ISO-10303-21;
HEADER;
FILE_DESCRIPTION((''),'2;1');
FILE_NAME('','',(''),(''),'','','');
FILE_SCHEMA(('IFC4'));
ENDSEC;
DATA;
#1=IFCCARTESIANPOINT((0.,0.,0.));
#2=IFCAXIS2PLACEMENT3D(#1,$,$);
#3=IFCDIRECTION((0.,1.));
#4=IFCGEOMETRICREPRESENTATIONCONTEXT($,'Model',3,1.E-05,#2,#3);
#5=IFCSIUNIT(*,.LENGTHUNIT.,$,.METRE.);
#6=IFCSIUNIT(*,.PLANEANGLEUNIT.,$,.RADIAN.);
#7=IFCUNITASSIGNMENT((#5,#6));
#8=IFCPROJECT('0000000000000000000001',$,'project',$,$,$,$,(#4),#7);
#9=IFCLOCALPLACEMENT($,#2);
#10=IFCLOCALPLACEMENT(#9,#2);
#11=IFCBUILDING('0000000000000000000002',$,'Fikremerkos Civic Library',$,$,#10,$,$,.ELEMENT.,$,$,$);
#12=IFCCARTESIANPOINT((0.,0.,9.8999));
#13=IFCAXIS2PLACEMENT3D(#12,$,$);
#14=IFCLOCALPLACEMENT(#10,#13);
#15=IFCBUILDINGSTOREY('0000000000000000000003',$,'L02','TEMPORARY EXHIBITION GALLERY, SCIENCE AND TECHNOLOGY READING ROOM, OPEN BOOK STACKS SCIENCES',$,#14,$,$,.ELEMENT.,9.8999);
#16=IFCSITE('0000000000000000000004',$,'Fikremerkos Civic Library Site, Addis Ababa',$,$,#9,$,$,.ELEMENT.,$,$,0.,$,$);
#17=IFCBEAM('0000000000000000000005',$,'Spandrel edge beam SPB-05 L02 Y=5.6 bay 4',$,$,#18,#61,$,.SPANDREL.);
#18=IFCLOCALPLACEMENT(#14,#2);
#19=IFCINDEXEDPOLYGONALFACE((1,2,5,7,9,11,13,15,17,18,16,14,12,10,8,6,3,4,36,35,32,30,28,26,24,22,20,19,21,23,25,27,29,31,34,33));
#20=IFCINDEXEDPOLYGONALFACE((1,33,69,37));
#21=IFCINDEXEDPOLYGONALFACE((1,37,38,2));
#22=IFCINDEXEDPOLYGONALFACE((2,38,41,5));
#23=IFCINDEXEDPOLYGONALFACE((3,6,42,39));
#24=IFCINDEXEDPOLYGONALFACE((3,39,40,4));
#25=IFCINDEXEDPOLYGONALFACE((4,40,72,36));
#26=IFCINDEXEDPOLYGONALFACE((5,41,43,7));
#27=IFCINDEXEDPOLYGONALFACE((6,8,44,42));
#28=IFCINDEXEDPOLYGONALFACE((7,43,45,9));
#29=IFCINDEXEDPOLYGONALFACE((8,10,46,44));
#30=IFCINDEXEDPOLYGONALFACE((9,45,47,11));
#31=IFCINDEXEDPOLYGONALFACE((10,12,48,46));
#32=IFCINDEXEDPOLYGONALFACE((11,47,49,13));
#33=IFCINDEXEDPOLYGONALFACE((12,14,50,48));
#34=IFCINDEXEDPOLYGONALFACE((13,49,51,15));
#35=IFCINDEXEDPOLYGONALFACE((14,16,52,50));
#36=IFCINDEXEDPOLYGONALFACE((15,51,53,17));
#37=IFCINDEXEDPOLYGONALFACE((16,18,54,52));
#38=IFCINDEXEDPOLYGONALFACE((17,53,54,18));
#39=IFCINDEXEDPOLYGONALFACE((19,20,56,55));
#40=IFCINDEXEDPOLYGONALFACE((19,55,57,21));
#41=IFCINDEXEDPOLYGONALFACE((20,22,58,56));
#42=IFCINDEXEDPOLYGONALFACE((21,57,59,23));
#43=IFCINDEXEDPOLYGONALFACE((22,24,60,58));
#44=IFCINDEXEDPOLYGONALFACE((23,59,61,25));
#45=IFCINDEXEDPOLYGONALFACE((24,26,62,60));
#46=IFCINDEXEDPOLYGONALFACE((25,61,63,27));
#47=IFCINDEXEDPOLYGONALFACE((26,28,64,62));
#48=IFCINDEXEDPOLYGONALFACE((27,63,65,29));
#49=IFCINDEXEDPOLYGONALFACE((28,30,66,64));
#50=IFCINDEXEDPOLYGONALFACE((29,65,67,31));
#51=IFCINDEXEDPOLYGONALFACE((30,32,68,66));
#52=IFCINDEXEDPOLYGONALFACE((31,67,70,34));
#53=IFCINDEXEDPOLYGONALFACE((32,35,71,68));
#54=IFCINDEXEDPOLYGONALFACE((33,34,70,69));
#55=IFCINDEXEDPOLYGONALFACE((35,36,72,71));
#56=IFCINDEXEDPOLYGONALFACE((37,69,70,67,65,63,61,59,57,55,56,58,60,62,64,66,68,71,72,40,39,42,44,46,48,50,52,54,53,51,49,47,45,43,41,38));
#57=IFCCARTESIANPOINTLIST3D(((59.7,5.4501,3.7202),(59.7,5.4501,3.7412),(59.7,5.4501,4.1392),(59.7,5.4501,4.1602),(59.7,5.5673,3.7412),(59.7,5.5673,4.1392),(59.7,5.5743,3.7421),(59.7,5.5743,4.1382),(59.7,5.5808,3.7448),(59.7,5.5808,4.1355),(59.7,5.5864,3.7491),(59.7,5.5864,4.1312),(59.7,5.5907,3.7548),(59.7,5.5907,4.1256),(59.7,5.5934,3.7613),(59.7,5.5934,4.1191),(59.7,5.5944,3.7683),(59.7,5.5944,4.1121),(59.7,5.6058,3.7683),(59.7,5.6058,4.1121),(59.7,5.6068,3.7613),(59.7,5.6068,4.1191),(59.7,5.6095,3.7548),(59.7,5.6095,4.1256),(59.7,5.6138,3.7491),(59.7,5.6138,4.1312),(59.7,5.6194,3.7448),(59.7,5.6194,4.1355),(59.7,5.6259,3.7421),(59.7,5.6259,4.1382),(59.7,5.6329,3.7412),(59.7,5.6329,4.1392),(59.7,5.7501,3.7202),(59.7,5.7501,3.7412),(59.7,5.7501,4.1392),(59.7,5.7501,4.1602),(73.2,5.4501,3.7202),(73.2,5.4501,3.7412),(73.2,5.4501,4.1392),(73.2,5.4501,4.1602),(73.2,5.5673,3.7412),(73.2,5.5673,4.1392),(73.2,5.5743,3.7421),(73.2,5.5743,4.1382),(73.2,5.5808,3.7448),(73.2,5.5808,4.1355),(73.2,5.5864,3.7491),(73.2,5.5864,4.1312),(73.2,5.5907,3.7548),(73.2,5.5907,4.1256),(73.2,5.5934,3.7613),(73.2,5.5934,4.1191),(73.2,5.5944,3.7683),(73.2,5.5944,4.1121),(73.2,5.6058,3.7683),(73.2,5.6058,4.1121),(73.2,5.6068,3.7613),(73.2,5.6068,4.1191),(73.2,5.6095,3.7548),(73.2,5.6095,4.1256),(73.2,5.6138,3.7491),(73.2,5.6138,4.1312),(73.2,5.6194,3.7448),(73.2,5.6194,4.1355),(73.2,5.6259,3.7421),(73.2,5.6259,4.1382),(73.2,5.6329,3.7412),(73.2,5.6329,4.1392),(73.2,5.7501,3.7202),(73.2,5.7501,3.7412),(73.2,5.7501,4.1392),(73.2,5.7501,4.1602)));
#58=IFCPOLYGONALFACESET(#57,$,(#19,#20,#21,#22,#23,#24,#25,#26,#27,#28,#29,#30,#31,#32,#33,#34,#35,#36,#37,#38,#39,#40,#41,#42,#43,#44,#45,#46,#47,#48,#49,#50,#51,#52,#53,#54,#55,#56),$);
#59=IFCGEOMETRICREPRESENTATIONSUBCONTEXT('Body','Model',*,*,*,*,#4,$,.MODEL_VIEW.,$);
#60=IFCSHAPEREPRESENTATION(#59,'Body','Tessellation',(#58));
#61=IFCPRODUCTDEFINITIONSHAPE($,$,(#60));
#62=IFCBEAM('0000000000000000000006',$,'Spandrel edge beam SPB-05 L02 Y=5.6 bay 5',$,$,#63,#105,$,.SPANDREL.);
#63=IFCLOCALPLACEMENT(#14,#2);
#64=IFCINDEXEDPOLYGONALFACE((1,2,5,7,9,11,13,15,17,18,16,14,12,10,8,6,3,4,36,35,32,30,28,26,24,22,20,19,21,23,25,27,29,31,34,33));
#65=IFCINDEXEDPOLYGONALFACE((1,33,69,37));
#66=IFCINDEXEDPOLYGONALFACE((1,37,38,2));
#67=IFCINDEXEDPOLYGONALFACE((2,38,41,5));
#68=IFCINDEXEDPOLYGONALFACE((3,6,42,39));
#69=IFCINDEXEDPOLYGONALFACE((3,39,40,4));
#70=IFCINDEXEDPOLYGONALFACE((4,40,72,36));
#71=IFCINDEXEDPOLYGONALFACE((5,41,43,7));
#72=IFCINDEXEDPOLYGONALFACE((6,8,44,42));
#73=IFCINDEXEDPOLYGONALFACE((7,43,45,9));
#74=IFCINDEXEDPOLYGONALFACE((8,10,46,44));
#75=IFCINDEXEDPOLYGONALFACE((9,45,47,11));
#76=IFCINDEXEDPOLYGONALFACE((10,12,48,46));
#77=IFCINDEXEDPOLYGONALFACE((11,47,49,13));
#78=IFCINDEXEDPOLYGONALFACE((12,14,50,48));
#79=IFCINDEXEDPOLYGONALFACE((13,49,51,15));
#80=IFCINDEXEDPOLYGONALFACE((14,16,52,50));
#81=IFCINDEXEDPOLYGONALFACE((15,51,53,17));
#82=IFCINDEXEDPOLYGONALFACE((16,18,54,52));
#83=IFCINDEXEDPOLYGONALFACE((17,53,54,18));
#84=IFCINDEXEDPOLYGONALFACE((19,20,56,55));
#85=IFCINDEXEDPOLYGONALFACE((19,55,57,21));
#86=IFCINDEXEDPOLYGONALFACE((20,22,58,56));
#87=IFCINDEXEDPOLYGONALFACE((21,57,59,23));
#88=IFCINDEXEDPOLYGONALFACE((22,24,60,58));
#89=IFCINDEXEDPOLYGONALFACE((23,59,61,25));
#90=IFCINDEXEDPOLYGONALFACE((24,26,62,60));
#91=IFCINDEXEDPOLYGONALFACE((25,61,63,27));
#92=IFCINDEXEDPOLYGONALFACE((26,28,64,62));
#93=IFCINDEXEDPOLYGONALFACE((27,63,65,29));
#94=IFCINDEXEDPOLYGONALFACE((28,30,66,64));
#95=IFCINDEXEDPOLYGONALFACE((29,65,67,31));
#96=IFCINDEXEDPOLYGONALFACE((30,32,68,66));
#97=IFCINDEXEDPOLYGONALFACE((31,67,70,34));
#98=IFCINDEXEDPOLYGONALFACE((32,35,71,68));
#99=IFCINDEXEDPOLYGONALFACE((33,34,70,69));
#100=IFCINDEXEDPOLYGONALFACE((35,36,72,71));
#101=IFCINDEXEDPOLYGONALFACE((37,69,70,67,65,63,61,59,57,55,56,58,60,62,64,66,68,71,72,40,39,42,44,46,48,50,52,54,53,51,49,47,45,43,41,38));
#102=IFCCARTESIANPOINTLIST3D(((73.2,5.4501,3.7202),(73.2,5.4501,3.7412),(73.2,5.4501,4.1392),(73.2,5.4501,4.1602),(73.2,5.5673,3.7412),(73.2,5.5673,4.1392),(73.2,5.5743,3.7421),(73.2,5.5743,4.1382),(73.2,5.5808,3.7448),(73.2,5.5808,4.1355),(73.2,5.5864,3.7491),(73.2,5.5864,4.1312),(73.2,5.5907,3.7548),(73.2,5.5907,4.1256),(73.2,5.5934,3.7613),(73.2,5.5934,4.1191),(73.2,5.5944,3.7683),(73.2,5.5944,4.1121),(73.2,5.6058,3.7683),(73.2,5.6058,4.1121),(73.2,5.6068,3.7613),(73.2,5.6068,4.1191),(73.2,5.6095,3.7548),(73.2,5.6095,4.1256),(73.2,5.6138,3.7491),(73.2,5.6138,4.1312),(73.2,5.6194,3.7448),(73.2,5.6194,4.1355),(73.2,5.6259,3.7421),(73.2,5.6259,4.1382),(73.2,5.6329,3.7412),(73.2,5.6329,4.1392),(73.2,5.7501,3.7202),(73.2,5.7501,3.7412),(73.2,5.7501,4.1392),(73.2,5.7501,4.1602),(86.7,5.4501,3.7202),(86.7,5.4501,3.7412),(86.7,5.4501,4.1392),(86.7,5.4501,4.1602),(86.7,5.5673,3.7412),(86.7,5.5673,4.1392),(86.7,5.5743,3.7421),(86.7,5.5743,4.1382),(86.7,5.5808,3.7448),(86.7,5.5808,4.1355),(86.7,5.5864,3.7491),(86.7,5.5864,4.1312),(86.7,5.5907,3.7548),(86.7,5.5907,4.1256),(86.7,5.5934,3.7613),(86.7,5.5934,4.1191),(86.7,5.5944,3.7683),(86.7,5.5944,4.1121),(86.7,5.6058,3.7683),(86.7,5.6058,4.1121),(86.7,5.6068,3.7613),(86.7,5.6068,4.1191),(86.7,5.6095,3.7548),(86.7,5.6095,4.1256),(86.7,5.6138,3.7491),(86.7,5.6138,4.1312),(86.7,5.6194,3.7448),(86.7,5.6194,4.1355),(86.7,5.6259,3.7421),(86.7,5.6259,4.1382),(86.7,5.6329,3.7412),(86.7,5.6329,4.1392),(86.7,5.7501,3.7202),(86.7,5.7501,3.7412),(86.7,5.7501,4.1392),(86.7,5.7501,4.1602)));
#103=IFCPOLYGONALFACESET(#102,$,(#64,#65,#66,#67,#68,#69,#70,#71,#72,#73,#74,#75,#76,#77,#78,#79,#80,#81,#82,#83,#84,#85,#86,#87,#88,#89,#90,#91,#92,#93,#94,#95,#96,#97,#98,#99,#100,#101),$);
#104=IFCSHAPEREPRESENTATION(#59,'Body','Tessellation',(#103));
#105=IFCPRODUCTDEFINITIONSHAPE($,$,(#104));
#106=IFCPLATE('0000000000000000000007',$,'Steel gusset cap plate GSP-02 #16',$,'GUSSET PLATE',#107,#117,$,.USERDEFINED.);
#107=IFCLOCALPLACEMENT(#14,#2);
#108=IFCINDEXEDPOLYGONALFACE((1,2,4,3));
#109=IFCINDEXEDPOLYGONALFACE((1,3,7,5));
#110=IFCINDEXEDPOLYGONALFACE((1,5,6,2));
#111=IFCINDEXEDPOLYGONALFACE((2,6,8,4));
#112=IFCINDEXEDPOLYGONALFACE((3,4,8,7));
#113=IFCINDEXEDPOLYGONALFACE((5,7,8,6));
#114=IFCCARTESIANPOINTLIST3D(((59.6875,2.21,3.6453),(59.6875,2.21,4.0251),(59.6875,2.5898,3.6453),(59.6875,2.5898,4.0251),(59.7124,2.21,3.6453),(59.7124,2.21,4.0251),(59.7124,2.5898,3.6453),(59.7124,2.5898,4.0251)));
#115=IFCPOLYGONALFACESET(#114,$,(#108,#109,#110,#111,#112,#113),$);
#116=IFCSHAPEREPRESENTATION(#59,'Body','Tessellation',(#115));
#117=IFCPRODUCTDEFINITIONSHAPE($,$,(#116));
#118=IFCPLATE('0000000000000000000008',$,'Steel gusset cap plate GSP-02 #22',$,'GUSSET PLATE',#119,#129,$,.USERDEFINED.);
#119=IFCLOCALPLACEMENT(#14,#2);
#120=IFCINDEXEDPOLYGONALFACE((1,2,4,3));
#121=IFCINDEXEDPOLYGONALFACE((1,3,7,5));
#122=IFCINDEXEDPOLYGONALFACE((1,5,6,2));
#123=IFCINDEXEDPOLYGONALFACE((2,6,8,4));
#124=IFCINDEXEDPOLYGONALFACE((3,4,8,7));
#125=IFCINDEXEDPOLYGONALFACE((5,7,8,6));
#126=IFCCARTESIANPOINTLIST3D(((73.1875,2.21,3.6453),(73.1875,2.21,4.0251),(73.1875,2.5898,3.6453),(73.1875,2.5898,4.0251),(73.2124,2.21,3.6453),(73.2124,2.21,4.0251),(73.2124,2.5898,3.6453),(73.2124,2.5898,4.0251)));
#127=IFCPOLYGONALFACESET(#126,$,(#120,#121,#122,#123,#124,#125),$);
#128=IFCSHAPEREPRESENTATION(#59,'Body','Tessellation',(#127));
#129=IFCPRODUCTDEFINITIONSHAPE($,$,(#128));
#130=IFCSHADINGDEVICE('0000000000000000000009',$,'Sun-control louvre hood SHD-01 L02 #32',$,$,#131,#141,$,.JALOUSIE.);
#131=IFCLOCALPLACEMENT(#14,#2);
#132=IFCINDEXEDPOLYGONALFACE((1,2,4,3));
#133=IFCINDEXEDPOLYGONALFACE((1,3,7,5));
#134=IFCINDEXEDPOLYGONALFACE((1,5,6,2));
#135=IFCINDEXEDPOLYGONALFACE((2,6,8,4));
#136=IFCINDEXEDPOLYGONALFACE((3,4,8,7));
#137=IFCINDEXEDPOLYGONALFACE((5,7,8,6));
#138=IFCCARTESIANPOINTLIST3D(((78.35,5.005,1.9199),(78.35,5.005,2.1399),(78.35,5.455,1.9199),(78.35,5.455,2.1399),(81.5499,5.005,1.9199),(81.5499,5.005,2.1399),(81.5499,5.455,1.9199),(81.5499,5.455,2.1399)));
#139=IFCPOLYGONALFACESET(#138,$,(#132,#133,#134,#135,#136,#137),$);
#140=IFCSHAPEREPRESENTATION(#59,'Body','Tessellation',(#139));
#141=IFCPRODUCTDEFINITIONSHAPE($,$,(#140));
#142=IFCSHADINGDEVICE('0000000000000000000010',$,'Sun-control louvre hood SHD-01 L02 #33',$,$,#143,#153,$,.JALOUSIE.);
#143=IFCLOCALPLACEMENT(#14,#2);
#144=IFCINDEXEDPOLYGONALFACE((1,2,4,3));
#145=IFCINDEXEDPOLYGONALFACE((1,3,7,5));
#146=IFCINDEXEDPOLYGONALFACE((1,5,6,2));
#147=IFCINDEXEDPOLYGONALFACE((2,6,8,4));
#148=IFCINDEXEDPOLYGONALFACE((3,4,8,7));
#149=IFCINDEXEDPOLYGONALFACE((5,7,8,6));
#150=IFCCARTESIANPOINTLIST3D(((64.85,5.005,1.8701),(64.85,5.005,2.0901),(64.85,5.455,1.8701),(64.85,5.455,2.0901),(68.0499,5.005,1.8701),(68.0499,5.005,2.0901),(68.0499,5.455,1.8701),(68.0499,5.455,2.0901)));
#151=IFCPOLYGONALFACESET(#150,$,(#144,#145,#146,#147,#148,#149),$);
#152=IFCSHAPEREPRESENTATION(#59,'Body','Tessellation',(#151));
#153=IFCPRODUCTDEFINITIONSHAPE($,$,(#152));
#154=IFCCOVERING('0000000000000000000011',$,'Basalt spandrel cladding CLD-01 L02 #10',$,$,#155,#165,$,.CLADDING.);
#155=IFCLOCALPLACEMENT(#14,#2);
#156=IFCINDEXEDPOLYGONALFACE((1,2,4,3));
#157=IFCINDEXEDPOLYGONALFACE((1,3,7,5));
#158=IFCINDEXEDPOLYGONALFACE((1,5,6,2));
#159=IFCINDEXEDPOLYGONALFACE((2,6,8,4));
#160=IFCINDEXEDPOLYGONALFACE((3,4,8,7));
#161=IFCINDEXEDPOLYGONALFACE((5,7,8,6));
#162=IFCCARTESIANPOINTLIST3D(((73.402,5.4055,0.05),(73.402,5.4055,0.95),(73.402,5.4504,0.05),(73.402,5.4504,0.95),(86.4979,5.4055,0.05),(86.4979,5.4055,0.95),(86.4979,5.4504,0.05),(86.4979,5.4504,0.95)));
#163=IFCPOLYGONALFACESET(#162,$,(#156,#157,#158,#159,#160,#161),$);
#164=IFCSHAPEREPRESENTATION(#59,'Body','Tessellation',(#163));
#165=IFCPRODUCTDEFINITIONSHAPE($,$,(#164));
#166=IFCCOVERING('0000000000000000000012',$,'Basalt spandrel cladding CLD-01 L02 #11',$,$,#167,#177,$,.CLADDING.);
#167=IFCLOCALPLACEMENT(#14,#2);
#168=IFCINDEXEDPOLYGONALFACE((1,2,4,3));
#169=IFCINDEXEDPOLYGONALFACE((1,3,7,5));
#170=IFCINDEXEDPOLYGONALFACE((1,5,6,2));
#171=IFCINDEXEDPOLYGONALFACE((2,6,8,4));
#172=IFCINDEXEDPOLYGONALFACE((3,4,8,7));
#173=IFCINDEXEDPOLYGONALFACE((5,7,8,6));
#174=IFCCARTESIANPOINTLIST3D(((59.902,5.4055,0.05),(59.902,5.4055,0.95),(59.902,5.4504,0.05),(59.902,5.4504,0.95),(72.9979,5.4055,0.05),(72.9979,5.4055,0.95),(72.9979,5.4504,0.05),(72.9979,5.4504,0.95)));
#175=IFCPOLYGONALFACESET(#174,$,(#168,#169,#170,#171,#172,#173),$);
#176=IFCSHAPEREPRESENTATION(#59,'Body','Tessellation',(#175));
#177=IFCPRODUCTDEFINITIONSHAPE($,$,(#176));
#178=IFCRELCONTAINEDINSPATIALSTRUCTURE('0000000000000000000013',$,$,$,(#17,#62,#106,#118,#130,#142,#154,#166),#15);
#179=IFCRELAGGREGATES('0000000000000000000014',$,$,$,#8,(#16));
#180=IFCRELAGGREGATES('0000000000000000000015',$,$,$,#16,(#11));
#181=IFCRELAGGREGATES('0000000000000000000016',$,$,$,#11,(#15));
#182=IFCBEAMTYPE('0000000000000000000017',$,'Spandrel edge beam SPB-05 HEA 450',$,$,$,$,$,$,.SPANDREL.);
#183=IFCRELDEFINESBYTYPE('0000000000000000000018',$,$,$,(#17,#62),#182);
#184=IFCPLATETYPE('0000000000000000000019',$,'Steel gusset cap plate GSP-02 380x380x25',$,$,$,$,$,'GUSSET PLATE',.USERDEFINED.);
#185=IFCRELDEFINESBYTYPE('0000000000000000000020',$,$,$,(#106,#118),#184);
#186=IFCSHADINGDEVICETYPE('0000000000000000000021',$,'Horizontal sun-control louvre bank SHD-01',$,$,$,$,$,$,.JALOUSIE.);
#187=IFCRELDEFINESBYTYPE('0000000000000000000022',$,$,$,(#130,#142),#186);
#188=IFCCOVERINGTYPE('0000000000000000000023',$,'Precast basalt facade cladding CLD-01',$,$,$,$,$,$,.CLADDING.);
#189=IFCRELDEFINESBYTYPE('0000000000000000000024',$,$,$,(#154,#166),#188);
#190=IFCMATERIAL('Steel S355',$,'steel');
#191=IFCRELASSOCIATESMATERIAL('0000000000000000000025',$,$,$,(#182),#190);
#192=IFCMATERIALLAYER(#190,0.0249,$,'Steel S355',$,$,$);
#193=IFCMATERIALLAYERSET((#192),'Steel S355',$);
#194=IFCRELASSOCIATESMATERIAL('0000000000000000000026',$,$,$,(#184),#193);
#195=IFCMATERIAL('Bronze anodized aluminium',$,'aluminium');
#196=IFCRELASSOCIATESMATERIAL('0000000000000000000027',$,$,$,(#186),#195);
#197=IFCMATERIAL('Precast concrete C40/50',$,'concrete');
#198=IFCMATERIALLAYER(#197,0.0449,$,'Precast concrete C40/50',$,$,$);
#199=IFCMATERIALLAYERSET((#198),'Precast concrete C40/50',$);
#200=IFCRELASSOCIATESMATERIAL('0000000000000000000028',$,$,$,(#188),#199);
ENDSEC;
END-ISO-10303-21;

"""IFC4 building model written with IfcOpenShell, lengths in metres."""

from ifc_helpers import new_model, si_unit, direction, frame, origin, origin_2d, place, context, subcontext, project, spatial, rectangle, i_section, extrude, material, layer, layer_set, material_profile, profile_set, type_object, element, save


model = new_model("IFC4")

# Units and contexts
model_context = context("Model", 3, precision=1e-05, world=origin(), true_north=direction((0.0, 1.0)))
body_context = subcontext(model_context, "Body", "Model", "MODEL_VIEW")
ifc_project = project(units=[si_unit("LENGTHUNIT", "METRE"), si_unit("PLANEANGLEUNIT", "RADIAN")], contexts=[model_context])

# Site, building, storey
site_placement = place(None, origin())
site = spatial("IfcSite", under=ifc_project, at=site_placement, Name="Fikremerkos Civic Library Site, Addis Ababa", CompositionType="ELEMENT", RefElevation=0.0)
building_placement = place(site_placement, origin())
building = spatial("IfcBuilding", under=site, at=building_placement, Name="Fikremerkos Civic Library", CompositionType="ELEMENT")
storey_placement = place(building_placement, frame((0.0, 0.0, 9.8999)))
storey = spatial("IfcBuildingStorey", under=building, at=storey_placement, Name="L02", Description="TEMPORARY EXHIBITION GALLERY, SCIENCE AND TECHNOLOGY READING ROOM, OPEN BOOK STACKS SCIENCES", CompositionType="ELEMENT", Elevation=9.8999)

# Shared definitions
ifc_material_1 = material(Name="Steel S355", Category="steel")

# Beams
ifc_material_profile_1 = material_profile(ifc_material_1, i_section(OverallWidth=0.3, OverallDepth=0.4399, WebThickness=0.0115, FlangeThickness=0.021, FilletRadius=0.0271, at=origin_2d()), Name="HEA 450")
ifc_profile_set_1 = profile_set([ifc_material_profile_1], Name="Steel S355")
beam_type_1 = type_object("IfcBeamType", Name="Spandrel edge beam SPB-05 HEA 450", PredefinedType="SPANDREL", material=ifc_profile_set_1)
for number, where, z_axis, x_axis, name in (
    (1, (59.7, 5.6001, 3.9402), (1.0, 0.0, 0.0), (0.0, 1.0, 0.0), "Spandrel edge beam SPB-05 L02 Y=5.6 bay 4"),
    (2, (73.2, 5.6001, 3.9402), (1.0, 0.0, 0.0), (0.0, 1.0, 0.0), "Spandrel edge beam SPB-05 L02 Y=5.6 bay 5"),
):
    element("IfcBeam", number, at=place(storey_placement, frame(where, z_axis=z_axis, x_axis=x_axis)), inside=storey, type_object=beam_type_1, Name=name, PredefinedType="SPANDREL", context=body_context, shape_type="SweptSolid", body=[
        extrude(i_section(OverallWidth=0.3, OverallDepth=0.4399, WebThickness=0.0115, FlangeThickness=0.021, FilletRadius=0.0271, at=origin_2d()), origin(), (0.0, 0.0, 1.0), 13.5),
    ])

# Plates
ifc_layer_1 = layer(ifc_material_1, 0.0249, Name="Steel S355")
ifc_layer_set_1 = layer_set([ifc_layer_1], Name="Steel S355")
plate_type = type_object("IfcPlateType", Name="Steel gusset cap plate GSP-02 380x380x25", ElementType="GUSSET PLATE", PredefinedType="USERDEFINED", material=ifc_layer_set_1)
for number, where, z_axis, x_axis, name in (
    (3, (59.7, 2.3999, 3.6453), (0.0, 0.0, 1.0), (1.0, 0.0, 0.0), "Steel gusset cap plate GSP-02 #16"),
    (4, (73.2, 2.3999, 3.6453), (0.0, 0.0, 1.0), (1.0, 0.0, 0.0), "Steel gusset cap plate GSP-02 #22"),
):
    element("IfcPlate", number, at=place(storey_placement, frame(where, z_axis=z_axis, x_axis=x_axis)), inside=storey, type_object=plate_type, Name=name, ObjectType="GUSSET PLATE", PredefinedType="USERDEFINED", context=body_context, shape_type="SweptSolid", body=[
        extrude(rectangle(XDim=0.0249, YDim=0.3799, at=origin_2d()), origin(), (0.0, 0.0, 1.0), 0.3799),
    ])

# Shared definitions
ifc_material_2 = material(Name="Precast concrete C40/50", Category="concrete")

# Shading devices
ifc_material_3 = material(Name="Bronze anodized aluminium", Category="aluminium")
shading_device_type = type_object("IfcShadingDeviceType", Name="Horizontal sun-control louvre bank SHD-01", PredefinedType="JALOUSIE", material=ifc_material_3)
for number, where, z_axis, x_axis, name in (
    (5, (79.95, 5.23, 1.9199), (0.0, 0.0, 1.0), (1.0, 0.0, 0.0), "Sun-control louvre hood SHD-01 L02 #32"),
    (6, (66.45, 5.23, 1.8701), (0.0, 0.0, 1.0), (1.0, 0.0, 0.0), "Sun-control louvre hood SHD-01 L02 #33"),
):
    element("IfcShadingDevice", number, at=place(storey_placement, frame(where, z_axis=z_axis, x_axis=x_axis)), inside=storey, type_object=shading_device_type, Name=name, PredefinedType="JALOUSIE", context=body_context, shape_type="SweptSolid", body=[
        extrude(rectangle(XDim=3.2, YDim=0.45, at=origin_2d()), origin(), (0.0, 0.0, 1.0), 0.22),
    ])

# Coverings
ifc_layer_2 = layer(ifc_material_2, 0.0449, Name="Precast concrete C40/50")
ifc_layer_set_2 = layer_set([ifc_layer_2], Name="Precast concrete C40/50")
covering_type = type_object("IfcCoveringType", Name="Precast basalt facade cladding CLD-01", PredefinedType="CLADDING", material=ifc_layer_set_2)
for number, where, z_axis, x_axis, name in (
    (7, (79.95, 5.428, 0.05), (0.0, 0.0, 1.0), (1.0, 0.0, 0.0), "Basalt spandrel cladding CLD-01 L02 #10"),
    (8, (66.45, 5.428, 0.05), (0.0, 0.0, 1.0), (1.0, 0.0, 0.0), "Basalt spandrel cladding CLD-01 L02 #11"),
):
    element("IfcCovering", number, at=place(storey_placement, frame(where, z_axis=z_axis, x_axis=x_axis)), inside=storey, type_object=covering_type, Name=name, PredefinedType="CLADDING", context=body_context, shape_type="SweptSolid", body=[
        extrude(rectangle(XDim=13.0959, YDim=0.0449, at=origin_2d()), origin(), (0.0, 0.0, 1.0), 0.8999),
    ])

save(model, "model.ifc")
